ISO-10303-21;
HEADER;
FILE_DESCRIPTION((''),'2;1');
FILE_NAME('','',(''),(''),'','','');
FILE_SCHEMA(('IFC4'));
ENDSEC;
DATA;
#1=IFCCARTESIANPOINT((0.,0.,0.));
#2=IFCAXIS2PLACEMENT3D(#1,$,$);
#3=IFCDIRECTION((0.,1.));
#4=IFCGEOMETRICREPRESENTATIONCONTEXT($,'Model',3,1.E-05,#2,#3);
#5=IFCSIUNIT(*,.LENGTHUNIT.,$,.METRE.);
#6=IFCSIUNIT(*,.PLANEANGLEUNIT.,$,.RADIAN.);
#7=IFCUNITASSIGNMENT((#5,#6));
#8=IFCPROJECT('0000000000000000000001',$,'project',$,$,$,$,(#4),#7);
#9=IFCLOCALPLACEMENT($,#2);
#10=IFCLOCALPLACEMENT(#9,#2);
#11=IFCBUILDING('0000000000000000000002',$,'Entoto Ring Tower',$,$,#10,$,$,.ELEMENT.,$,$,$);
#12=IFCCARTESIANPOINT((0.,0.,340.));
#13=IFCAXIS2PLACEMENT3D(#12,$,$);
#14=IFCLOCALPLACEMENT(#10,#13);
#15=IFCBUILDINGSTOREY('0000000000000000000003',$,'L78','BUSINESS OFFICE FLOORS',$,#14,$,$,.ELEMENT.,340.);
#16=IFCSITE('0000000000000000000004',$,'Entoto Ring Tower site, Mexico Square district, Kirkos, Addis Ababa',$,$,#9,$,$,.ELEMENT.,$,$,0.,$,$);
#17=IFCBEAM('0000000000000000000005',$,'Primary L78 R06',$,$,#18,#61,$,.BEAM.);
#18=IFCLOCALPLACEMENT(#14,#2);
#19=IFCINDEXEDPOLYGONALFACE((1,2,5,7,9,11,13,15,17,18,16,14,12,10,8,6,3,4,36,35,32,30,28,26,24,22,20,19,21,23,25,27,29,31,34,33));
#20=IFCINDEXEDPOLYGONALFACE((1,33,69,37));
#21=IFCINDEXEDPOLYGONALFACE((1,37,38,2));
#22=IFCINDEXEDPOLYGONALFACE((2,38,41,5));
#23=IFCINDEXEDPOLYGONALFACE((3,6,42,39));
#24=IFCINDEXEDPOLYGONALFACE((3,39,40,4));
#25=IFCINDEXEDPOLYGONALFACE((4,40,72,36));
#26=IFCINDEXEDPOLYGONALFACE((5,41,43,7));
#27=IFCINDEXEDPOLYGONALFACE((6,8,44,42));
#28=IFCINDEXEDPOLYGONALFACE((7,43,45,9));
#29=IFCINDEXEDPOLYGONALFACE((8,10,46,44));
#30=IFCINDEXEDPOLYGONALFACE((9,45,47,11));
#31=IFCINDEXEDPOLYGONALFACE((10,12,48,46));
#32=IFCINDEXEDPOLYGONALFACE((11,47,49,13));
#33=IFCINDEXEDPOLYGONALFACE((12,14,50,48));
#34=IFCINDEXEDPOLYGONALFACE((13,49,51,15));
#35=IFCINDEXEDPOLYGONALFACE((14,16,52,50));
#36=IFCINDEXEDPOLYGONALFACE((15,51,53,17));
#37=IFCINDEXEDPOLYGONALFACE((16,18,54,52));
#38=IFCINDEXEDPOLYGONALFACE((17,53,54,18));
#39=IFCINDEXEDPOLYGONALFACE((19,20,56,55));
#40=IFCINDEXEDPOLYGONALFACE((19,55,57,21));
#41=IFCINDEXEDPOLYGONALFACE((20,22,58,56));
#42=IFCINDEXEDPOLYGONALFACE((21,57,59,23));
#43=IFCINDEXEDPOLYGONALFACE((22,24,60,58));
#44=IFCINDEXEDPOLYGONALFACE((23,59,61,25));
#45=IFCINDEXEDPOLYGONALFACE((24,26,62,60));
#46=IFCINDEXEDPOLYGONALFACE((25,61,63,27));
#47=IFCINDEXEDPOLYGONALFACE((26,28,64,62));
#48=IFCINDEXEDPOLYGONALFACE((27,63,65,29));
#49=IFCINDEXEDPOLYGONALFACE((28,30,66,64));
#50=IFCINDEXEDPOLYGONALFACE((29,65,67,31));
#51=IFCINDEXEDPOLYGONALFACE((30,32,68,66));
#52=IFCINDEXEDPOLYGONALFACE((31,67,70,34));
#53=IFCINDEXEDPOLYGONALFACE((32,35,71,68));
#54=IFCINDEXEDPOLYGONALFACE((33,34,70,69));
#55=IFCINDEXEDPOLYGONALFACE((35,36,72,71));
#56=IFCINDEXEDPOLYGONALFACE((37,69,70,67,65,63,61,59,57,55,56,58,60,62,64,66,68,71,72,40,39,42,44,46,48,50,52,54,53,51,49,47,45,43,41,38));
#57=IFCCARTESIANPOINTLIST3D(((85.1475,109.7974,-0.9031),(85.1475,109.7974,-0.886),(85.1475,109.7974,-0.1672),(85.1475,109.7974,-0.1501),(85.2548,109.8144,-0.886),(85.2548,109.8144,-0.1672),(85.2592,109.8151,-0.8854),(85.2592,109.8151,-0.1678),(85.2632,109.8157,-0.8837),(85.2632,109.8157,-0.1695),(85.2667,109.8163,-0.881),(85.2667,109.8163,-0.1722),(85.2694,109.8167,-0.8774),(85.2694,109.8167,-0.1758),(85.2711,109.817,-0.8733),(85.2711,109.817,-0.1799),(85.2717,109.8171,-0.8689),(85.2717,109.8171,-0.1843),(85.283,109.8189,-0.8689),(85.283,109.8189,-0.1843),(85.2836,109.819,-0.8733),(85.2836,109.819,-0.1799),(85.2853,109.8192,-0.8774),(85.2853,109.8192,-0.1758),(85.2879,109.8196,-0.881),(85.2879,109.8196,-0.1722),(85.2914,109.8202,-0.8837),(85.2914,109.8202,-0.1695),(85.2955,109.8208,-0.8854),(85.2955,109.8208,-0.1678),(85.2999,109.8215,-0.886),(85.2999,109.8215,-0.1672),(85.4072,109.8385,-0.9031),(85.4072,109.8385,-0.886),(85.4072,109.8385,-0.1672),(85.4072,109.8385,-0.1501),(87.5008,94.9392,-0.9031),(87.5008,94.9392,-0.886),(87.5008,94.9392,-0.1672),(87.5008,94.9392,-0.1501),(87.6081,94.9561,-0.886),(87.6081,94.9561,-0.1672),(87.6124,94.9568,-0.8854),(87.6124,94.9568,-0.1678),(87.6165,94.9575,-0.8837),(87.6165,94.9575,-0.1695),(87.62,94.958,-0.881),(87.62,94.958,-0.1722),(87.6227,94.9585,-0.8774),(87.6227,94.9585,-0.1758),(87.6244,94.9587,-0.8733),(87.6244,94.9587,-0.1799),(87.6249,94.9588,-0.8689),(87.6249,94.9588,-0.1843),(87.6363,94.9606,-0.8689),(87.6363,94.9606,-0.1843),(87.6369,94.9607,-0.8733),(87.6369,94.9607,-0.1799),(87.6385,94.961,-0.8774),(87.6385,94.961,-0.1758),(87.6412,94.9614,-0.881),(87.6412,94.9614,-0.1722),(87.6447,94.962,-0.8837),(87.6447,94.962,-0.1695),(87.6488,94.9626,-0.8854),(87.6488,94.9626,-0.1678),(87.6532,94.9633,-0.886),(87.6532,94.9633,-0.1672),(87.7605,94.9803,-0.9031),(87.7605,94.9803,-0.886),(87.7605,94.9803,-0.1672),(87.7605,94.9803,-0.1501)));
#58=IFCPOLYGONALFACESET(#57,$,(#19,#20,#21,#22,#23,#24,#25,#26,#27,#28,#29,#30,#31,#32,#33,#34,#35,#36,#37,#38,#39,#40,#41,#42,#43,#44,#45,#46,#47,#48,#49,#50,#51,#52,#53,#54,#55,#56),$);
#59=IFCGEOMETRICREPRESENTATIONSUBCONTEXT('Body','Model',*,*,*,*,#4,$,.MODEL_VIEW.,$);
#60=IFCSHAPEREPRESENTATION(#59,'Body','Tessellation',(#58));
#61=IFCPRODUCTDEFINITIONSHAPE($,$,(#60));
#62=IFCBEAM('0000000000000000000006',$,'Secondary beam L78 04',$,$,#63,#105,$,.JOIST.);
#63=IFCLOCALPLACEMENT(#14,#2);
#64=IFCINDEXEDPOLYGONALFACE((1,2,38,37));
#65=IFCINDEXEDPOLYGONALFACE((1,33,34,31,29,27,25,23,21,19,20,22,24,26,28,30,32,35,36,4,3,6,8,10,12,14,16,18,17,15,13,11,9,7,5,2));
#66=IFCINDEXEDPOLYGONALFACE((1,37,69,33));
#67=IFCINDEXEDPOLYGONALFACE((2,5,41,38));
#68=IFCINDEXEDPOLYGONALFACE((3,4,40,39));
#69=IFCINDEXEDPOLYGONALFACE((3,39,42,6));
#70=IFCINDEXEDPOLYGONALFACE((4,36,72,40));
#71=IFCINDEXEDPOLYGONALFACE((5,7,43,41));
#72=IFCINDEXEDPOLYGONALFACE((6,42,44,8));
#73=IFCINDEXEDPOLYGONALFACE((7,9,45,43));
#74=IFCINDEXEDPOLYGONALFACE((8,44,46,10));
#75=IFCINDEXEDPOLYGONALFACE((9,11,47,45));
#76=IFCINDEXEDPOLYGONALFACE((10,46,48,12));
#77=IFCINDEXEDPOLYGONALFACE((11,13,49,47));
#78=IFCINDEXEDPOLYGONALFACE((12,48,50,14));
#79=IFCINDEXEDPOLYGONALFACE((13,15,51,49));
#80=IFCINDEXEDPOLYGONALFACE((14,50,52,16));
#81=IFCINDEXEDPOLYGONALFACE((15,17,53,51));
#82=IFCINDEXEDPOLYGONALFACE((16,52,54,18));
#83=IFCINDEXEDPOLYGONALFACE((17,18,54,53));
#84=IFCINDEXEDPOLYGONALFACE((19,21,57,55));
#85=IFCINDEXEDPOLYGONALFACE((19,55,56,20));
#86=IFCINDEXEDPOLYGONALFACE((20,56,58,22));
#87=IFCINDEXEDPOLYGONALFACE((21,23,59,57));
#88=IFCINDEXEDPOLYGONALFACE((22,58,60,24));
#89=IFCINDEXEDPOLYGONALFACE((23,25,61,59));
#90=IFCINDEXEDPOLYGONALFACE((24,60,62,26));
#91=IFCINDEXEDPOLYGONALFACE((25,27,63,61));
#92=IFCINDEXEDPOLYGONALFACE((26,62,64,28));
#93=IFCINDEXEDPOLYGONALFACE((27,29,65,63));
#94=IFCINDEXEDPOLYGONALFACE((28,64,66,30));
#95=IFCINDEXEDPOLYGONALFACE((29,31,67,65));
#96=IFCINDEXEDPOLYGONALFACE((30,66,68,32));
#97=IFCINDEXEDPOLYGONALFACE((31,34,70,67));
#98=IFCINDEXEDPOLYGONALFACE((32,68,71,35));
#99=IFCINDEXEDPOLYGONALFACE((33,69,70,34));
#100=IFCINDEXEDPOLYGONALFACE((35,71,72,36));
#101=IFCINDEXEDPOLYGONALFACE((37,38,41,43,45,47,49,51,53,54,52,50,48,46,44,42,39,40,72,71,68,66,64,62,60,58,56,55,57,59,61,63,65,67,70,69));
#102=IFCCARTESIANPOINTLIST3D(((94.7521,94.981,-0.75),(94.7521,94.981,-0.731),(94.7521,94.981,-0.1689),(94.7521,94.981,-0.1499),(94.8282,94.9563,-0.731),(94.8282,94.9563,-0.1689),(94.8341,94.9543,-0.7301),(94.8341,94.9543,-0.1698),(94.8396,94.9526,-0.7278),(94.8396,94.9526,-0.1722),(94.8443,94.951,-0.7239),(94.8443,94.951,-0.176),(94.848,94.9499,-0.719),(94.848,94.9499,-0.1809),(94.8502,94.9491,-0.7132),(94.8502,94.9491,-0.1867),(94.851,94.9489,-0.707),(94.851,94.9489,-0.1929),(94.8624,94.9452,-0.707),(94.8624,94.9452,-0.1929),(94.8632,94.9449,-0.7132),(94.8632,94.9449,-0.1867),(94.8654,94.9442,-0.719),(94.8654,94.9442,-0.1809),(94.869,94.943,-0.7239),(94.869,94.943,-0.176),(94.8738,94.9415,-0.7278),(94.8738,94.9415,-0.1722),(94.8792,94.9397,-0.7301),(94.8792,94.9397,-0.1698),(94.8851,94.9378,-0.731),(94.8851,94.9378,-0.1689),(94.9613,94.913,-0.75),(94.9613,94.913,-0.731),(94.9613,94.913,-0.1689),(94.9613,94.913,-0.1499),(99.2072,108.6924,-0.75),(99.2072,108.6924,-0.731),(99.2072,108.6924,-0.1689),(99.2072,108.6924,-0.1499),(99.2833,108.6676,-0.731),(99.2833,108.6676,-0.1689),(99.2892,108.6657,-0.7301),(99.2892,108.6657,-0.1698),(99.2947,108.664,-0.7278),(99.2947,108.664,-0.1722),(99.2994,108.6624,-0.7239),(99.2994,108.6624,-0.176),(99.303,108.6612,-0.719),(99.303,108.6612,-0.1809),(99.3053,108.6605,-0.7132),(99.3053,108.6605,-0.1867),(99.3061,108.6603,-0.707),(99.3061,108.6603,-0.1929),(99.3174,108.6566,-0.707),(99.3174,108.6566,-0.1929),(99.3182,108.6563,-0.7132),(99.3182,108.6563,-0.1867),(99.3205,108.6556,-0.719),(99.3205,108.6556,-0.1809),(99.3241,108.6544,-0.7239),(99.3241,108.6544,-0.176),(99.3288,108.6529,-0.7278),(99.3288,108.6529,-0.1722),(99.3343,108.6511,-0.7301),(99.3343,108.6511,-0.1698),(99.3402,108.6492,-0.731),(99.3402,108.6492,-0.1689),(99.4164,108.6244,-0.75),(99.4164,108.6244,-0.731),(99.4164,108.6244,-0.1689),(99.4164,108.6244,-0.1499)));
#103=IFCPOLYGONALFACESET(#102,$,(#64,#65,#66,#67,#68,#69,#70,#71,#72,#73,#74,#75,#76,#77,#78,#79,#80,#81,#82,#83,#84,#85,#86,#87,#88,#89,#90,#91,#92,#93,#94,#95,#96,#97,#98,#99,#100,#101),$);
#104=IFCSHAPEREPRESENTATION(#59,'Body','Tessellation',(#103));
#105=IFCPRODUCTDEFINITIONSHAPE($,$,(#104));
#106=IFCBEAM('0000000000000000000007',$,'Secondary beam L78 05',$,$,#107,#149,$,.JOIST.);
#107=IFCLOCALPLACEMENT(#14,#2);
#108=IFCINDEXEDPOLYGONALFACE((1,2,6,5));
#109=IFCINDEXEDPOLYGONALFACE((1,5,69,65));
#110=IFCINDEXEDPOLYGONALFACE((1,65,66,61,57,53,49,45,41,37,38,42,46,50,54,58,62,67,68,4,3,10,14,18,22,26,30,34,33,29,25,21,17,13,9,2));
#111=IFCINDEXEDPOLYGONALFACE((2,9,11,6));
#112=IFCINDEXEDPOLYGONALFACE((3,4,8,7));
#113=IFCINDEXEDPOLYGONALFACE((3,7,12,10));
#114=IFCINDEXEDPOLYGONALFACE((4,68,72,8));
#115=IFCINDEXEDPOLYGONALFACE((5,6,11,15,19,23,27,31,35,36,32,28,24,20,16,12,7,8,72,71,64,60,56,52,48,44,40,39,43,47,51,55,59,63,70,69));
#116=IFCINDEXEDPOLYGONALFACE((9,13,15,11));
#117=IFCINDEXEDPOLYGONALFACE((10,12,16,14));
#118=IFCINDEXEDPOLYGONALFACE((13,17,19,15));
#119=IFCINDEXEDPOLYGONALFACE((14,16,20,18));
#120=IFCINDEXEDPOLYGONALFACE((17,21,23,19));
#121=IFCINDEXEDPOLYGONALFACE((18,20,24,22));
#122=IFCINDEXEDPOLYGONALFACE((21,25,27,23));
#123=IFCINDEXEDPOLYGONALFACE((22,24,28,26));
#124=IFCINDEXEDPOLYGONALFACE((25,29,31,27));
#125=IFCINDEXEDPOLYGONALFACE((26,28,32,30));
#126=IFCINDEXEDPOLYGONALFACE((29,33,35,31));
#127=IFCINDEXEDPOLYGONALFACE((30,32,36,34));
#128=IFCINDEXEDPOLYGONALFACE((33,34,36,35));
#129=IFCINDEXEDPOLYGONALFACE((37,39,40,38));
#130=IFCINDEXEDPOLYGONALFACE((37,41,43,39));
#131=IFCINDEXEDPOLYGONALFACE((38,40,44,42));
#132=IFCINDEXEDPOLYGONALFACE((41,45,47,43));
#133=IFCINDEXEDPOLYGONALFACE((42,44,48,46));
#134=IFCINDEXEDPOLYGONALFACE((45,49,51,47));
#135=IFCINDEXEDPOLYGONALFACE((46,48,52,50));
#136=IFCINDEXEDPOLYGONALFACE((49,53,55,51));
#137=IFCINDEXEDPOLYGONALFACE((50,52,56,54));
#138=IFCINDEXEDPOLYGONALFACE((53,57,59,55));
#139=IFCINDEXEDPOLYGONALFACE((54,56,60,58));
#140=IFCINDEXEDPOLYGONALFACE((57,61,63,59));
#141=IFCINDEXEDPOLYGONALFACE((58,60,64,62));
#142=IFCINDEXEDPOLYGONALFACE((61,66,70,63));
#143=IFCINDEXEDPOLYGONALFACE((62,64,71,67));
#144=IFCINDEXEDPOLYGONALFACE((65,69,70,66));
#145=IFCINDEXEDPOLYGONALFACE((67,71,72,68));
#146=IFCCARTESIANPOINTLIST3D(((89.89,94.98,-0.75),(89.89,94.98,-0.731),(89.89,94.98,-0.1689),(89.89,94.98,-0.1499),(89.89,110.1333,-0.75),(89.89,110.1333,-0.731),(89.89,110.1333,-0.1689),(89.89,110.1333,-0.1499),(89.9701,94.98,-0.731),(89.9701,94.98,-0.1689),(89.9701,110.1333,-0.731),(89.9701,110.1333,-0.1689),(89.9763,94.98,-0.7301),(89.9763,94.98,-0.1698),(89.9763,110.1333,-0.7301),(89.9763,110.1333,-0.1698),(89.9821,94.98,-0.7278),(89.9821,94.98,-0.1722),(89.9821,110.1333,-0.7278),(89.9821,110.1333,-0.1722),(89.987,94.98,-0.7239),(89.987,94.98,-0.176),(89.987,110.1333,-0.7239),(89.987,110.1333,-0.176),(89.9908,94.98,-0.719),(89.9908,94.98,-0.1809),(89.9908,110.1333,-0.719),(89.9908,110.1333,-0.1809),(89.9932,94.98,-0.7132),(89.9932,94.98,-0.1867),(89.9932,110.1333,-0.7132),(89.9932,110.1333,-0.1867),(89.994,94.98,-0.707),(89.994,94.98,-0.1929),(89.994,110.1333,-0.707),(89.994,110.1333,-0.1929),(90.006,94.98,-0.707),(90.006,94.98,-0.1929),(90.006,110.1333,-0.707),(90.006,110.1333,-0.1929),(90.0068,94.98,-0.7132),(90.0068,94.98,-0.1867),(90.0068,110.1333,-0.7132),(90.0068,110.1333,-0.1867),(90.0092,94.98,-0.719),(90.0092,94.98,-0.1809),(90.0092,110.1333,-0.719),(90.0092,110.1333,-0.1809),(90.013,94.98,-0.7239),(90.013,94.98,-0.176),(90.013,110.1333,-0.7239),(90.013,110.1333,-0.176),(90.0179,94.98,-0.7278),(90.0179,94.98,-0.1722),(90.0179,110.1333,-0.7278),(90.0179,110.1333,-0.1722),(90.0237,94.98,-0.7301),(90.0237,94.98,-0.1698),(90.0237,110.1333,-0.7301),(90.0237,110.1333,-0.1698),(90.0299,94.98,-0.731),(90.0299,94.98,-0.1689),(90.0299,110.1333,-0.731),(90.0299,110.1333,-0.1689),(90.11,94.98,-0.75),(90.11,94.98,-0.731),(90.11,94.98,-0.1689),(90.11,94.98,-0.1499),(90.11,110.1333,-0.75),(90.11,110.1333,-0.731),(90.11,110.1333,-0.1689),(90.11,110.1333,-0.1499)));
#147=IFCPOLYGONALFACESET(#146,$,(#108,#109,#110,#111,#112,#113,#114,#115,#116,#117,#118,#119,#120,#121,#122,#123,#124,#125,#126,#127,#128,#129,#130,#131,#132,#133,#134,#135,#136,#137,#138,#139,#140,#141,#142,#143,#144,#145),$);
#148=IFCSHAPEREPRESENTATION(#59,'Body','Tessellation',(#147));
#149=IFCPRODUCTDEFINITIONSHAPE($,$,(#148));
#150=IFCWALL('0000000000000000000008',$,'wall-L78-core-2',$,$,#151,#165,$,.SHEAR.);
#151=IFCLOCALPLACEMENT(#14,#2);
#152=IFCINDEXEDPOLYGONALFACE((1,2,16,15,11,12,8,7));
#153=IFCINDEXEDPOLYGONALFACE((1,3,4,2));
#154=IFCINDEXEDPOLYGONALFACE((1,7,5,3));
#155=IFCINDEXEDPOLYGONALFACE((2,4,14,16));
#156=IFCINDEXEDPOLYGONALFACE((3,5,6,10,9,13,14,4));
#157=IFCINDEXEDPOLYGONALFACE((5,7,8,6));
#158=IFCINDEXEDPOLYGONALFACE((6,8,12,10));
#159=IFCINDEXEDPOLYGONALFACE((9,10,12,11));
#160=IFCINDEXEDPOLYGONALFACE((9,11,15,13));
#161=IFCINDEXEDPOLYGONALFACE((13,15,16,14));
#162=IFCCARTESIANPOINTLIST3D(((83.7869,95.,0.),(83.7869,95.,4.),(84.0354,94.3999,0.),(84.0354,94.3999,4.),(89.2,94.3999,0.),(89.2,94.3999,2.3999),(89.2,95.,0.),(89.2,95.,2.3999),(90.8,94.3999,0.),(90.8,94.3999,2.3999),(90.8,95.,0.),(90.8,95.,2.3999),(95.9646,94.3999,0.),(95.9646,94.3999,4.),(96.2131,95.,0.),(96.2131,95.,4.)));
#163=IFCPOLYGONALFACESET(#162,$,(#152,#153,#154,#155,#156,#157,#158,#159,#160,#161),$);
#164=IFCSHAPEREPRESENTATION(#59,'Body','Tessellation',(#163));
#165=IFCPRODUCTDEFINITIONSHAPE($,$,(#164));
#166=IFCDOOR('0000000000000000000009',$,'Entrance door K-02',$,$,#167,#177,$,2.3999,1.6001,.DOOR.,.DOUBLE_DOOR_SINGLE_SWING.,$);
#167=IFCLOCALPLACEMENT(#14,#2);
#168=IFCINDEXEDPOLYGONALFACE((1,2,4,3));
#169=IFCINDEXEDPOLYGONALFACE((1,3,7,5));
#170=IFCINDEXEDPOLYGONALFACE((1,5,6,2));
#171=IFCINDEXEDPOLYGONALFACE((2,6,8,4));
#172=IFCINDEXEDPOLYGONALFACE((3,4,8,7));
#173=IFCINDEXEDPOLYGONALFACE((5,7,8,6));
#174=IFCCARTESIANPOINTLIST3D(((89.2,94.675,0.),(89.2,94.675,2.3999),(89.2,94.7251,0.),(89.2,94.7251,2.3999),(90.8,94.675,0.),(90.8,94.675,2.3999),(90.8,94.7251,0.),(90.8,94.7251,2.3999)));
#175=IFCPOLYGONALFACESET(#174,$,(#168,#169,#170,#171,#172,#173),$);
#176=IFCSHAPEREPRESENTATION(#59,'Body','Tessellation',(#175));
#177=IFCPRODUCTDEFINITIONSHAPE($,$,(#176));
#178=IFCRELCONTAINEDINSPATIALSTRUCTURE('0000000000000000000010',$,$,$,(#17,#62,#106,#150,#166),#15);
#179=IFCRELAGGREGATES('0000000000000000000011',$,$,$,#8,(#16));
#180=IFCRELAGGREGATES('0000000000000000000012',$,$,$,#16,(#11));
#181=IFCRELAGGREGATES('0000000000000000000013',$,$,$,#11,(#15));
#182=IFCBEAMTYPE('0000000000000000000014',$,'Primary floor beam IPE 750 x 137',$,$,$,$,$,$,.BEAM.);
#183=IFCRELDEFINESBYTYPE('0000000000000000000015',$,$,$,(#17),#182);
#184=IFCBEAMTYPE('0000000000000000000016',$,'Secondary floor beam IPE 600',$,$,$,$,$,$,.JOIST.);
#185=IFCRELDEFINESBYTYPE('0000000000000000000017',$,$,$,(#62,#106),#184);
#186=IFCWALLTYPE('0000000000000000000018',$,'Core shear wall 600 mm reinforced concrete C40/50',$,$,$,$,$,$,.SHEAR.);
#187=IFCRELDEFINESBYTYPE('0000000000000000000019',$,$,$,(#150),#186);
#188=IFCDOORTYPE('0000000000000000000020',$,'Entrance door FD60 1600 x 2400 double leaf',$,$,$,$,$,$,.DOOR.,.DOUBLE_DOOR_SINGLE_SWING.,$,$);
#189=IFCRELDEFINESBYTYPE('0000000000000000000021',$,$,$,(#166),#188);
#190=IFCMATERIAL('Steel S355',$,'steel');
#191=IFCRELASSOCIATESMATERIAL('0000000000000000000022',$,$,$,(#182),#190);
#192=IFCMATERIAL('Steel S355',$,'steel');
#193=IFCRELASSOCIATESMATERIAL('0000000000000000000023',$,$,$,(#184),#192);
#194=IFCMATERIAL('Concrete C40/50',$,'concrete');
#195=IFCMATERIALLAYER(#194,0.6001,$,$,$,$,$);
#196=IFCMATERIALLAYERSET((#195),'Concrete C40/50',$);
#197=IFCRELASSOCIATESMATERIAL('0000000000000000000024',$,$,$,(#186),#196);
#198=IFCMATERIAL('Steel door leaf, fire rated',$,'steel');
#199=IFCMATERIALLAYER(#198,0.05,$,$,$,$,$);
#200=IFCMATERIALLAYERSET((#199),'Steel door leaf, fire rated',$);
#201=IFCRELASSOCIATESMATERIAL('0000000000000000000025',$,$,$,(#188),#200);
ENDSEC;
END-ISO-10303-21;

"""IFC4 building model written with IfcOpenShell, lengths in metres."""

from ifc_helpers import new_model, si_unit, direction, frame, frame_2d, origin, origin_2d, place, context, subcontext, project, spatial, polyline, rectangle, i_section, outline, extrude, material, layer, layer_set, material_profile, profile_set, type_object, element, fill, save


model = new_model("IFC4")

# Units and contexts
model_context = context("Model", 3, precision=1e-05, world=origin(), true_north=direction((0.0, 1.0)))
body_context = subcontext(model_context, "Body", "Model", "MODEL_VIEW")
ifc_project = project(units=[si_unit("LENGTHUNIT", "METRE"), si_unit("PLANEANGLEUNIT", "RADIAN")], contexts=[model_context])

# Site, building, storey
site_placement = place(None, origin())
site = spatial("IfcSite", under=ifc_project, at=site_placement, Name="Entoto Ring Tower site, Mexico Square district, Kirkos, Addis Ababa", CompositionType="ELEMENT", RefElevation=0.0)
building_placement = place(site_placement, origin())
building = spatial("IfcBuilding", under=site, at=building_placement, Name="Entoto Ring Tower", CompositionType="ELEMENT")
storey_placement = place(building_placement, frame((0.0, 0.0, 340.0)))
storey = spatial("IfcBuildingStorey", under=building, at=storey_placement, Name="L78", Description="BUSINESS OFFICE FLOORS", CompositionType="ELEMENT", Elevation=340.0)

# Beams
ifc_material_1 = material(Name="Steel S355", Category="steel")
ifc_material_profile_1 = material_profile(ifc_material_1, i_section(OverallWidth=0.2629, OverallDepth=0.7529, WebThickness=0.0115, FlangeThickness=0.0171, FilletRadius=0.0171, at=origin_2d()), Name="IPE 750 x 137")
ifc_profile_set_1 = profile_set([ifc_material_profile_1], Name="Steel S355")
beam_type_1 = type_object("IfcBeamType", Name="Primary floor beam IPE 750 x 137", PredefinedType="BEAM", material=ifc_profile_set_1)
for number, where, z_axis, x_axis, name in (
    (1, (87.6306, 94.9597, -0.5266), (-0.156433, 0.987689, 0.0), (-0.987689, -0.156433, 0.0), "Primary L78 R06"),
):
    element("IfcBeam", number, at=place(storey_placement, frame(where, z_axis=z_axis, x_axis=x_axis)), inside=storey, type_object=beam_type_1, Name=name, PredefinedType="BEAM", context=body_context, shape_type="SweptSolid", body=[
        extrude(i_section(OverallWidth=0.2629, OverallDepth=0.7529, WebThickness=0.0115, FlangeThickness=0.0171, FilletRadius=0.0171, at=origin_2d()), origin(), (0.0, 0.0, 1.0), 15.0435),
    ])
ifc_material_2 = material(Name="Steel S355", Category="steel")
ifc_material_profile_2 = material_profile(ifc_material_2, i_section(OverallWidth=0.22, OverallDepth=0.6001, WebThickness=0.012, FlangeThickness=0.019, FilletRadius=0.0239, at=origin_2d()), Name="IPE 600")
ifc_profile_set_2 = profile_set([ifc_material_profile_2], Name="Steel S355")
beam_type_2 = type_object("IfcBeamType", Name="Secondary floor beam IPE 600", PredefinedType="JOIST", material=ifc_profile_set_2)
beam_1_placement = place(storey_placement, frame((94.8567, 94.947, -0.45), z_axis=(0.309015, 0.951057, 0.0), x_axis=(-0.951057, 0.309015, 0.0)))
element("IfcBeam", 2, at=beam_1_placement, inside=storey, type_object=beam_type_2, Name="Secondary beam L78 04", PredefinedType="JOIST", context=body_context, shape_type="SweptSolid", body=[
    extrude(i_section(OverallWidth=0.22, OverallDepth=0.6001, WebThickness=0.012, FlangeThickness=0.019, FilletRadius=0.0239, at=origin_2d()), origin(), (0.0, 0.0, 1.0), 14.417),
])
beam_2_placement = place(storey_placement, frame((90.0, 94.98, -0.45), z_axis=(0.0, 1.0, 0.0), x_axis=(-1.0, 0.0, 0.0)))
element("IfcBeam", 3, at=beam_2_placement, inside=storey, type_object=beam_type_2, Name="Secondary beam L78 05", PredefinedType="JOIST", context=body_context, shape_type="SweptSolid", body=[
    extrude(i_section(OverallWidth=0.22, OverallDepth=0.6001, WebThickness=0.012, FlangeThickness=0.019, FilletRadius=0.0239, at=origin_2d()), origin(), (0.0, 0.0, 1.0), 15.1533),
])

# Wall, opening, door
ifc_material_3 = material(Name="Concrete C40/50", Category="concrete")
ifc_layer_1 = layer(ifc_material_3, 0.6001)
ifc_layer_set_1 = layer_set([ifc_layer_1], Name="Concrete C40/50")
wall_type_1 = type_object("IfcWallType", Name="Core shear wall 600 mm reinforced concrete C40/50", PredefinedType="SHEAR", material=ifc_layer_set_1)
wall_1_placement = place(storey_placement, frame((96.0889, 94.7, 0.0), z_axis=(0.0, 0.0, 1.0), x_axis=(-1.0, 0.0, 0.0)))
wall_1 = element("IfcWall", 4, at=wall_1_placement, inside=storey, type_object=wall_type_1, Name="wall-L78-core-2", PredefinedType="SHEAR", context=body_context, shape_type="SweptSolid", body=[
    extrude(outline(polyline([(-0.1243, -0.3), (12.302, -0.3), (12.0535, 0.3), (0.1243, 0.3), (-0.1243, -0.3)])), origin(), (0.0, 0.0, 1.0), 4.0),
])
opening_1_placement = place(wall_1_placement, frame((5.2888, 0.0, 0.0)))
opening_1 = element("IfcOpeningElement", 5, at=opening_1_placement, cuts=wall_1, PredefinedType="OPENING", context=body_context, shape_type="SweptSolid", body=[
    extrude(rectangle(XDim=1.6001, YDim=2.3999, at=frame_2d((0.8, 1.2))), frame((0.0, 0.3101, 0.0), z_axis=(0.0, -1.0, 0.0), x_axis=(1.0, 0.0, 0.0)), (0.0, 0.0, 1.0), 0.6201),
])
ifc_material_4 = material(Name="Steel door leaf, fire rated", Category="steel")
ifc_layer_2 = layer(ifc_material_4, 0.05)
ifc_layer_set_2 = layer_set([ifc_layer_2], Name="Steel door leaf, fire rated")
door_type_1 = type_object("IfcDoorType", Name="Entrance door FD60 1600 x 2400 double leaf", OperationType="DOUBLE_DOOR_SINGLE_SWING", PredefinedType="DOOR", material=ifc_layer_set_2)
door_1_placement = place(opening_1_placement, origin())
door_1 = element("IfcDoor", 6, at=door_1_placement, inside=storey, type_object=door_type_1, Name="Entrance door K-02", OperationType="DOUBLE_DOOR_SINGLE_SWING", OverallHeight=2.3999, OverallWidth=1.6001, PredefinedType="DOOR", context=body_context, shape_type="SweptSolid", body=[
    extrude(rectangle(XDim=1.6001, YDim=2.3999, at=frame_2d((0.8, 1.2))), frame((0.0, 0.0249, 0.0), z_axis=(0.0, -1.0, 0.0), x_axis=(1.0, 0.0, 0.0)), (0.0, 0.0, 1.0), 0.05),
])
fill(opening_1, door_1)

save(model, "model.ifc")
